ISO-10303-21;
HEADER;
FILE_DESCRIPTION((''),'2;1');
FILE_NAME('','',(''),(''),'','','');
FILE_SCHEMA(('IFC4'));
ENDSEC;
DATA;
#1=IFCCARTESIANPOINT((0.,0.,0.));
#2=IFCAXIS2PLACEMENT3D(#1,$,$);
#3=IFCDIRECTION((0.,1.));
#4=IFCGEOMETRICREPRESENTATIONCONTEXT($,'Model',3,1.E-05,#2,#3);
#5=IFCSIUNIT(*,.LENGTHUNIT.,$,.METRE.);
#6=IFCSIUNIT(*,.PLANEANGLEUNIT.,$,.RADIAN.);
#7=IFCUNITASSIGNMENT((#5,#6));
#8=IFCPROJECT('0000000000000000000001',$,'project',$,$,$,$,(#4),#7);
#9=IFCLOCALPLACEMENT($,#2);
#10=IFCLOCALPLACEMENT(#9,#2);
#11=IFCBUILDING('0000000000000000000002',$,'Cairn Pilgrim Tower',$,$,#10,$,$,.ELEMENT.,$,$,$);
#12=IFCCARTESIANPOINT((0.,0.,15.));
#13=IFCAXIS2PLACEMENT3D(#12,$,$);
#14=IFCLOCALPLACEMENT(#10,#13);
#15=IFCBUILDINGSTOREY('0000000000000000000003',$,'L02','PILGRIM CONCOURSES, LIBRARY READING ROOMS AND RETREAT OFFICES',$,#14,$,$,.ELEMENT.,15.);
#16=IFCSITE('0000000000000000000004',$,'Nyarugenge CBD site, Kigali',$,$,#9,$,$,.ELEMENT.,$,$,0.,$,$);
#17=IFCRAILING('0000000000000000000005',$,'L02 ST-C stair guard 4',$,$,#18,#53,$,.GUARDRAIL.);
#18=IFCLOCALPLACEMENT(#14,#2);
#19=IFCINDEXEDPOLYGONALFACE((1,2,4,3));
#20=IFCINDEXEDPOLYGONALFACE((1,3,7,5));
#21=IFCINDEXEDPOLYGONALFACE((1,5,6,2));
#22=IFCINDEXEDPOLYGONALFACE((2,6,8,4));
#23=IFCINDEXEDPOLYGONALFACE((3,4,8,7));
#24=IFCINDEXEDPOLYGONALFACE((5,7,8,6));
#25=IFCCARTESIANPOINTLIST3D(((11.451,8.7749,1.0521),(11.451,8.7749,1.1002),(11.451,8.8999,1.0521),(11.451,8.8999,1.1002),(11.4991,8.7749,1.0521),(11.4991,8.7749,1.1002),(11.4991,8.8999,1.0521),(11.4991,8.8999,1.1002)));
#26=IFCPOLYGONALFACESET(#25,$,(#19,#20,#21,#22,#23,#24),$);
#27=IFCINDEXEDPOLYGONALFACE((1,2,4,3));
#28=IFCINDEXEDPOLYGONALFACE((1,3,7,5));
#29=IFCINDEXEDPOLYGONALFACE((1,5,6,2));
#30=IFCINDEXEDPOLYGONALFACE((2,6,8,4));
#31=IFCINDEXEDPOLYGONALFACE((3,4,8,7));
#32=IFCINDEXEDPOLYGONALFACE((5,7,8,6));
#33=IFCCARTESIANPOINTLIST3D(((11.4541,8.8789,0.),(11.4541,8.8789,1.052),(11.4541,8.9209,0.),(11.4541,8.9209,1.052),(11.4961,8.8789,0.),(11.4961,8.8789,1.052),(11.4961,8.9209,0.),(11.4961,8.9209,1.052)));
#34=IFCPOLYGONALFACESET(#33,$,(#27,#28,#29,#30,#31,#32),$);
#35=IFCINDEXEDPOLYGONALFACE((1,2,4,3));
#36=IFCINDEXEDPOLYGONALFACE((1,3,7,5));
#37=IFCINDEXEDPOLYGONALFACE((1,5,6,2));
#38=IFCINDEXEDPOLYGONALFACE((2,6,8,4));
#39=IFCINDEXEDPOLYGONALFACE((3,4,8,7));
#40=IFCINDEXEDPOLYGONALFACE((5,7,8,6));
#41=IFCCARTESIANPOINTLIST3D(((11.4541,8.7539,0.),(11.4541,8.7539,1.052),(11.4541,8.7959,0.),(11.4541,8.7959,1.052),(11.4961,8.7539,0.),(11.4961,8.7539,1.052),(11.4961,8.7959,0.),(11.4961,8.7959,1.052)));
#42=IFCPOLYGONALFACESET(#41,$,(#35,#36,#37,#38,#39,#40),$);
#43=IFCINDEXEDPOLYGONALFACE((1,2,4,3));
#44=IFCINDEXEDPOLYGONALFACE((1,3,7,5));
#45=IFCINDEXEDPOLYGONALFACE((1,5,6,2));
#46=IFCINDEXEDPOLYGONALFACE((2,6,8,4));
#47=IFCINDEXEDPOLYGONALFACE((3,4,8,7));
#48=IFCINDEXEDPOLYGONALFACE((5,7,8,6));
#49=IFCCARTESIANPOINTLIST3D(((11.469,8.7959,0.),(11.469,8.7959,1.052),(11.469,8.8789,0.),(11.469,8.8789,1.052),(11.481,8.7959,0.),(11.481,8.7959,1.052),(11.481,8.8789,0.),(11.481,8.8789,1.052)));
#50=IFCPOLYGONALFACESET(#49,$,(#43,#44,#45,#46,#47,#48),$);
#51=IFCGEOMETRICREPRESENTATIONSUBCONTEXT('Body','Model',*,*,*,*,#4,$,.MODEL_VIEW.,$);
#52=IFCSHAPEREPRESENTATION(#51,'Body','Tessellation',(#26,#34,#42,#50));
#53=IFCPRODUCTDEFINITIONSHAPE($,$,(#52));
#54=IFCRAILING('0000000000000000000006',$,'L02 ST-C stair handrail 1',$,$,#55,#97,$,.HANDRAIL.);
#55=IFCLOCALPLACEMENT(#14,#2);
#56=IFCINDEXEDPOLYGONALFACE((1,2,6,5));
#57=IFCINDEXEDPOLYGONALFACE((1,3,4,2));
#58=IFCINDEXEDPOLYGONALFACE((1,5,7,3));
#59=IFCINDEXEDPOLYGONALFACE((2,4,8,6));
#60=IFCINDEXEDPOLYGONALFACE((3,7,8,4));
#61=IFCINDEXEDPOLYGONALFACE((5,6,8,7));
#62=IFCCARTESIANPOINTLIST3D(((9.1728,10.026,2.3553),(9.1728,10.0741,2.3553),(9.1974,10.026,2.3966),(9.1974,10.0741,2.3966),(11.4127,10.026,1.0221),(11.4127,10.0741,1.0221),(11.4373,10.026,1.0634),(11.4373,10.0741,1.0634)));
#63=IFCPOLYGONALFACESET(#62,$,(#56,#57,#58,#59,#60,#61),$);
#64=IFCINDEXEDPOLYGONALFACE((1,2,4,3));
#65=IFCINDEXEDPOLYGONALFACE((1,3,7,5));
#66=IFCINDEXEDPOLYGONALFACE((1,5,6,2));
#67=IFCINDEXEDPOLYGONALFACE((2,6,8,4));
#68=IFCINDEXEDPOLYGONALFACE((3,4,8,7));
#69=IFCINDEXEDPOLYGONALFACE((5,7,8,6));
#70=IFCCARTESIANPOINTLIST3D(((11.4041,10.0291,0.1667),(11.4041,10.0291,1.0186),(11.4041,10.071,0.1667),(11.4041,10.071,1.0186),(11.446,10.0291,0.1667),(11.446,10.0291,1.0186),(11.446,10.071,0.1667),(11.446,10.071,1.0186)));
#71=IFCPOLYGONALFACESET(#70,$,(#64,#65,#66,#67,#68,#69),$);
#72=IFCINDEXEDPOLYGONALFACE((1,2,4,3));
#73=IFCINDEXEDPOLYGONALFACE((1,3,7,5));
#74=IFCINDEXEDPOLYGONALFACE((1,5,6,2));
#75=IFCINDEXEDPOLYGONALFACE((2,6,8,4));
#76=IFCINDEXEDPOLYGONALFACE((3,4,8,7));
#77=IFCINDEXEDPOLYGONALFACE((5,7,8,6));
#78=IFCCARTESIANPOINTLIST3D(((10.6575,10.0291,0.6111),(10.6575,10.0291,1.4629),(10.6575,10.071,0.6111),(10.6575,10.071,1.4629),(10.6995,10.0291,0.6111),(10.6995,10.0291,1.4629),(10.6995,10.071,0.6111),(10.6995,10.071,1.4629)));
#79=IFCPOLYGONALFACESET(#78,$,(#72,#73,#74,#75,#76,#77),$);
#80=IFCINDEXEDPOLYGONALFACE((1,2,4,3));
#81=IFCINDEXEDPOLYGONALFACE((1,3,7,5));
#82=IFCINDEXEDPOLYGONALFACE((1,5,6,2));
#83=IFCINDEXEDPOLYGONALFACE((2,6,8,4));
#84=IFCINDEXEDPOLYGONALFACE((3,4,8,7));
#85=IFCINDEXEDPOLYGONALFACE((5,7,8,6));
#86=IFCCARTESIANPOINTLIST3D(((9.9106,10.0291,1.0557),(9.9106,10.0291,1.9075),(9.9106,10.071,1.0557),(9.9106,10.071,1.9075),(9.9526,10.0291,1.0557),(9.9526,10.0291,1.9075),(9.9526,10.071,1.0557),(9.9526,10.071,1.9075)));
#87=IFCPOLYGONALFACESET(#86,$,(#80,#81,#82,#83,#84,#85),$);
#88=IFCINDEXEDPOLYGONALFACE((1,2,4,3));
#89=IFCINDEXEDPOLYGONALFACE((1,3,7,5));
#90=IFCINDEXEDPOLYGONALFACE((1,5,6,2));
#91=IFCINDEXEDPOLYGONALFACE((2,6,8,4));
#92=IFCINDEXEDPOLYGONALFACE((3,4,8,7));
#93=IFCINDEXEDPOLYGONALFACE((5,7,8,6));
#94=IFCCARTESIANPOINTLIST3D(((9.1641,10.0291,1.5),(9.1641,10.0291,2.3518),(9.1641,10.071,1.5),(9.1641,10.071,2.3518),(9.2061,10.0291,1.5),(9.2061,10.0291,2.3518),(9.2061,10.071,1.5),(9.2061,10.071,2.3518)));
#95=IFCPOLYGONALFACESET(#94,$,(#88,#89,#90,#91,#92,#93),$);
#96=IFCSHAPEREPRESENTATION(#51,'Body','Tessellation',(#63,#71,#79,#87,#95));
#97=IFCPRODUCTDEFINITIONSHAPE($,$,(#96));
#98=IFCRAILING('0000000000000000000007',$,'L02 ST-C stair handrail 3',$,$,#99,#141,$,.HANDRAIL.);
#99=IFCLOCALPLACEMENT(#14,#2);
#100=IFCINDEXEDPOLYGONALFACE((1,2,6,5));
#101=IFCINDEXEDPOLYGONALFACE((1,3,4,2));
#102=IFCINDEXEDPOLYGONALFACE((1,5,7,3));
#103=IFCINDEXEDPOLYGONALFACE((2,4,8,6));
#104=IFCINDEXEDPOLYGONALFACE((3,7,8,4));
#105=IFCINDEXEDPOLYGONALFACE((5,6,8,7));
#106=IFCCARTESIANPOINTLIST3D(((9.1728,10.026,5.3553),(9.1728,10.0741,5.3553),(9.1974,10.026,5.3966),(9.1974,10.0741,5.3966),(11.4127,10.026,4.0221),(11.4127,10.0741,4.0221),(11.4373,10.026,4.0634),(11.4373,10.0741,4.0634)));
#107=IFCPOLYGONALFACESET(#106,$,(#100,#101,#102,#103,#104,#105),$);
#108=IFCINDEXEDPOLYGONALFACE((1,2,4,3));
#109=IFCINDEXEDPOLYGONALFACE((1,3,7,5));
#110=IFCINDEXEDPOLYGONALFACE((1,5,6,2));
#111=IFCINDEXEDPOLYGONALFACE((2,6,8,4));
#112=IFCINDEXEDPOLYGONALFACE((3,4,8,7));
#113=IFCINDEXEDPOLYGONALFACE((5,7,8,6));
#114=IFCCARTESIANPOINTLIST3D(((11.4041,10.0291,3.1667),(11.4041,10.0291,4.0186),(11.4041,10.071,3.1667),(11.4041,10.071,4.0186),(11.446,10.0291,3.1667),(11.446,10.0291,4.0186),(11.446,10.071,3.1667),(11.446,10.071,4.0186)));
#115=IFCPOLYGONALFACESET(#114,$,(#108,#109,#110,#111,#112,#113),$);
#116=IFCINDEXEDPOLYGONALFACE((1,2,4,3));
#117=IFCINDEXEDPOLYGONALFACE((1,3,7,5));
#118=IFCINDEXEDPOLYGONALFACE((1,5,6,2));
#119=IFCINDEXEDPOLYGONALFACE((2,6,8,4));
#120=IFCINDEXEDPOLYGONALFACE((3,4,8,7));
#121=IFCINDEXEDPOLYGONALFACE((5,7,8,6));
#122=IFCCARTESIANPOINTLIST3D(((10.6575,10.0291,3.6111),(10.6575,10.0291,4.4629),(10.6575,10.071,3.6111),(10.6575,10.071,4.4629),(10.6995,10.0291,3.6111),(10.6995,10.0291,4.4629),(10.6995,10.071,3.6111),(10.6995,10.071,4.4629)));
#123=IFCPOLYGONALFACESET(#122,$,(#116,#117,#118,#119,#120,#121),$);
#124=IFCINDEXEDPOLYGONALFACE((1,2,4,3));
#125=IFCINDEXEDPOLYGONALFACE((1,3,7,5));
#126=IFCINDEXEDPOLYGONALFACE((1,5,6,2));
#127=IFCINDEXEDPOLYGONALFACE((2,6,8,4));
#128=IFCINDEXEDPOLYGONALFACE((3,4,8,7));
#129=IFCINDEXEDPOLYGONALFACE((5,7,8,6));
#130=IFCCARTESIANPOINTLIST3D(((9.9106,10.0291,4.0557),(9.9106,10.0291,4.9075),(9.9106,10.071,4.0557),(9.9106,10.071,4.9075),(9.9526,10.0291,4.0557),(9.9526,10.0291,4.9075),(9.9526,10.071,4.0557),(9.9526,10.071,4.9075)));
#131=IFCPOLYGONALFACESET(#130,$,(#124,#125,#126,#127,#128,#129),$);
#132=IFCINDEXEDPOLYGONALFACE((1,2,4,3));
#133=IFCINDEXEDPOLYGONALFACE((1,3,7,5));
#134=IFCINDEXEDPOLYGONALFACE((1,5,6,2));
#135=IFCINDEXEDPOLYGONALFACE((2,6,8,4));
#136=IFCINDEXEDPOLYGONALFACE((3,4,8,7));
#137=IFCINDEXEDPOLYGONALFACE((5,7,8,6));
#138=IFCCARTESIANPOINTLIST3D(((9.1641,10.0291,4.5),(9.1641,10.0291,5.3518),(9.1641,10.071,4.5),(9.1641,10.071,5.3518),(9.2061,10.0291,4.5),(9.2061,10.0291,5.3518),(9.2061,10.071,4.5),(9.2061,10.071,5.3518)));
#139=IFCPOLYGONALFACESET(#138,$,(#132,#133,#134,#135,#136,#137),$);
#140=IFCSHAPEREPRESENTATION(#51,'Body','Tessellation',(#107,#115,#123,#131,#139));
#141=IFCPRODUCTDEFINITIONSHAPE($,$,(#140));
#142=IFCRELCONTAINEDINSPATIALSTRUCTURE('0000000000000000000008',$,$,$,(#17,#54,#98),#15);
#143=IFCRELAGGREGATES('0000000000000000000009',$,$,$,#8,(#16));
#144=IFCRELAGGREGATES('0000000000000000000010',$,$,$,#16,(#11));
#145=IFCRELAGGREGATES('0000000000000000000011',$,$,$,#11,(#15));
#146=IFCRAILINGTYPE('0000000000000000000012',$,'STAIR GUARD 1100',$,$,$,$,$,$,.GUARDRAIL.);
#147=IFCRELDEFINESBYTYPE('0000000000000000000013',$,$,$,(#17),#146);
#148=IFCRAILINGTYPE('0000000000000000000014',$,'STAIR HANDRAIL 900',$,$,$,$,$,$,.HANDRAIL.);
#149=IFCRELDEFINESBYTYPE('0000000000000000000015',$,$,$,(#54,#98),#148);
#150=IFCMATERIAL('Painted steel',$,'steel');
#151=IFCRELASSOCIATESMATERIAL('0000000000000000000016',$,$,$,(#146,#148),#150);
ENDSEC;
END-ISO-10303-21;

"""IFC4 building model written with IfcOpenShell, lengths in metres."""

from ifc_helpers import new_model, si_unit, direction, frame, origin, origin_2d, place, context, subcontext, project, spatial, polyline, rectangle, outline, extrude, material, type_object, element, save


model = new_model("IFC4")

# Units and contexts
model_context = context("Model", 3, precision=1e-05, world=origin(), true_north=direction((0.0, 1.0)))
body_context = subcontext(model_context, "Body", "Model", "MODEL_VIEW")
ifc_project = project(units=[si_unit("LENGTHUNIT", "METRE"), si_unit("PLANEANGLEUNIT", "RADIAN")], contexts=[model_context])

# Site, building, storey
site_placement = place(None, origin())
site = spatial("IfcSite", under=ifc_project, at=site_placement, Name="Nyarugenge CBD site, Kigali", CompositionType="ELEMENT", RefElevation=0.0)
building_placement = place(site_placement, origin())
building = spatial("IfcBuilding", under=site, at=building_placement, Name="Cairn Pilgrim Tower", CompositionType="ELEMENT")
storey_placement = place(building_placement, frame((0.0, 0.0, 15.0)))
storey = spatial("IfcBuildingStorey", under=building, at=storey_placement, Name="L02", Description="PILGRIM CONCOURSES, LIBRARY READING ROOMS AND RETREAT OFFICES", CompositionType="ELEMENT", Elevation=15.0)

# Shared definitions
ifc_material_1 = material(Name="Painted steel", Category="steel")

# Railings
railing_type_1 = type_object("IfcRailingType", Name="STAIR GUARD 1100", PredefinedType="GUARDRAIL", material=ifc_material_1)
railing_1_placement = place(storey_placement, frame((11.4751, 8.8999, 0.0)))
element("IfcRailing", 1, at=railing_1_placement, inside=storey, type_object=railing_type_1, Name="L02 ST-C stair guard 4", PredefinedType="GUARDRAIL", context=body_context, shape_type="SweptSolid", body=[
    extrude(rectangle(XDim=0.0481, YDim=0.0481, at=origin_2d()), frame((0.0, 0.0, 1.0762), z_axis=(0.0, -1.0, 0.0), x_axis=(1.0, 0.0, 0.0)), (0.0, 0.0, 1.0), 0.125),
    extrude(rectangle(XDim=0.042, YDim=0.042, at=origin_2d()), origin(), (0.0, 0.0, 1.0), 1.052),
    extrude(rectangle(XDim=0.042, YDim=0.042, at=origin_2d()), frame((0.0, -0.125, 0.0)), (0.0, 0.0, 1.0), 1.052),
    extrude(outline(polyline([(0.021, 0.0), (0.104, 0.0), (0.104, 1.052), (0.021, 1.052), (0.021, 0.0)])), frame((0.0059, 0.0, 0.0), z_axis=(-1.0, 0.0, 0.0), x_axis=(0.0, -1.0, 0.0)), (0.0, 0.0, 1.0), 0.012),
])
railing_type_2 = type_object("IfcRailingType", Name="STAIR HANDRAIL 900", PredefinedType="HANDRAIL", material=ifc_material_1)
for number, where, name in (
    (2, (11.425, 10.05, 0.1667), "L02 ST-C stair handrail 1"),
    (3, (11.425, 10.05, 3.1667), "L02 ST-C stair handrail 3"),
):
    element("IfcRailing", number, at=place(storey_placement, frame(where)), inside=storey, type_object=railing_type_2, Name=name, PredefinedType="HANDRAIL", context=body_context, shape_type="SweptSolid", body=[
        extrude(rectangle(XDim=0.0481, YDim=0.0481, at=origin_2d()), frame((0.0, 0.0, 0.876), z_axis=(-0.859306, 0.0, 0.511462), x_axis=(0.0, -1.0, 0.0)), (0.0, 0.0, 1.0), 2.6067),
        extrude(rectangle(XDim=0.042, YDim=0.042, at=origin_2d()), origin(), (0.0, 0.0, 1.0), 0.8518),
        extrude(rectangle(XDim=0.042, YDim=0.042, at=origin_2d()), frame((-0.7466, 0.0, 0.4443)), (0.0, 0.0, 1.0), 0.8518),
        extrude(rectangle(XDim=0.042, YDim=0.042, at=origin_2d()), frame((-1.4934, 0.0, 0.8889)), (0.0, 0.0, 1.0), 0.8518),
        extrude(rectangle(XDim=0.042, YDim=0.042, at=origin_2d()), frame((-2.24, 0.0, 1.3333)), (0.0, 0.0, 1.0), 0.8518),
    ])

save(model, "model.ifc")
